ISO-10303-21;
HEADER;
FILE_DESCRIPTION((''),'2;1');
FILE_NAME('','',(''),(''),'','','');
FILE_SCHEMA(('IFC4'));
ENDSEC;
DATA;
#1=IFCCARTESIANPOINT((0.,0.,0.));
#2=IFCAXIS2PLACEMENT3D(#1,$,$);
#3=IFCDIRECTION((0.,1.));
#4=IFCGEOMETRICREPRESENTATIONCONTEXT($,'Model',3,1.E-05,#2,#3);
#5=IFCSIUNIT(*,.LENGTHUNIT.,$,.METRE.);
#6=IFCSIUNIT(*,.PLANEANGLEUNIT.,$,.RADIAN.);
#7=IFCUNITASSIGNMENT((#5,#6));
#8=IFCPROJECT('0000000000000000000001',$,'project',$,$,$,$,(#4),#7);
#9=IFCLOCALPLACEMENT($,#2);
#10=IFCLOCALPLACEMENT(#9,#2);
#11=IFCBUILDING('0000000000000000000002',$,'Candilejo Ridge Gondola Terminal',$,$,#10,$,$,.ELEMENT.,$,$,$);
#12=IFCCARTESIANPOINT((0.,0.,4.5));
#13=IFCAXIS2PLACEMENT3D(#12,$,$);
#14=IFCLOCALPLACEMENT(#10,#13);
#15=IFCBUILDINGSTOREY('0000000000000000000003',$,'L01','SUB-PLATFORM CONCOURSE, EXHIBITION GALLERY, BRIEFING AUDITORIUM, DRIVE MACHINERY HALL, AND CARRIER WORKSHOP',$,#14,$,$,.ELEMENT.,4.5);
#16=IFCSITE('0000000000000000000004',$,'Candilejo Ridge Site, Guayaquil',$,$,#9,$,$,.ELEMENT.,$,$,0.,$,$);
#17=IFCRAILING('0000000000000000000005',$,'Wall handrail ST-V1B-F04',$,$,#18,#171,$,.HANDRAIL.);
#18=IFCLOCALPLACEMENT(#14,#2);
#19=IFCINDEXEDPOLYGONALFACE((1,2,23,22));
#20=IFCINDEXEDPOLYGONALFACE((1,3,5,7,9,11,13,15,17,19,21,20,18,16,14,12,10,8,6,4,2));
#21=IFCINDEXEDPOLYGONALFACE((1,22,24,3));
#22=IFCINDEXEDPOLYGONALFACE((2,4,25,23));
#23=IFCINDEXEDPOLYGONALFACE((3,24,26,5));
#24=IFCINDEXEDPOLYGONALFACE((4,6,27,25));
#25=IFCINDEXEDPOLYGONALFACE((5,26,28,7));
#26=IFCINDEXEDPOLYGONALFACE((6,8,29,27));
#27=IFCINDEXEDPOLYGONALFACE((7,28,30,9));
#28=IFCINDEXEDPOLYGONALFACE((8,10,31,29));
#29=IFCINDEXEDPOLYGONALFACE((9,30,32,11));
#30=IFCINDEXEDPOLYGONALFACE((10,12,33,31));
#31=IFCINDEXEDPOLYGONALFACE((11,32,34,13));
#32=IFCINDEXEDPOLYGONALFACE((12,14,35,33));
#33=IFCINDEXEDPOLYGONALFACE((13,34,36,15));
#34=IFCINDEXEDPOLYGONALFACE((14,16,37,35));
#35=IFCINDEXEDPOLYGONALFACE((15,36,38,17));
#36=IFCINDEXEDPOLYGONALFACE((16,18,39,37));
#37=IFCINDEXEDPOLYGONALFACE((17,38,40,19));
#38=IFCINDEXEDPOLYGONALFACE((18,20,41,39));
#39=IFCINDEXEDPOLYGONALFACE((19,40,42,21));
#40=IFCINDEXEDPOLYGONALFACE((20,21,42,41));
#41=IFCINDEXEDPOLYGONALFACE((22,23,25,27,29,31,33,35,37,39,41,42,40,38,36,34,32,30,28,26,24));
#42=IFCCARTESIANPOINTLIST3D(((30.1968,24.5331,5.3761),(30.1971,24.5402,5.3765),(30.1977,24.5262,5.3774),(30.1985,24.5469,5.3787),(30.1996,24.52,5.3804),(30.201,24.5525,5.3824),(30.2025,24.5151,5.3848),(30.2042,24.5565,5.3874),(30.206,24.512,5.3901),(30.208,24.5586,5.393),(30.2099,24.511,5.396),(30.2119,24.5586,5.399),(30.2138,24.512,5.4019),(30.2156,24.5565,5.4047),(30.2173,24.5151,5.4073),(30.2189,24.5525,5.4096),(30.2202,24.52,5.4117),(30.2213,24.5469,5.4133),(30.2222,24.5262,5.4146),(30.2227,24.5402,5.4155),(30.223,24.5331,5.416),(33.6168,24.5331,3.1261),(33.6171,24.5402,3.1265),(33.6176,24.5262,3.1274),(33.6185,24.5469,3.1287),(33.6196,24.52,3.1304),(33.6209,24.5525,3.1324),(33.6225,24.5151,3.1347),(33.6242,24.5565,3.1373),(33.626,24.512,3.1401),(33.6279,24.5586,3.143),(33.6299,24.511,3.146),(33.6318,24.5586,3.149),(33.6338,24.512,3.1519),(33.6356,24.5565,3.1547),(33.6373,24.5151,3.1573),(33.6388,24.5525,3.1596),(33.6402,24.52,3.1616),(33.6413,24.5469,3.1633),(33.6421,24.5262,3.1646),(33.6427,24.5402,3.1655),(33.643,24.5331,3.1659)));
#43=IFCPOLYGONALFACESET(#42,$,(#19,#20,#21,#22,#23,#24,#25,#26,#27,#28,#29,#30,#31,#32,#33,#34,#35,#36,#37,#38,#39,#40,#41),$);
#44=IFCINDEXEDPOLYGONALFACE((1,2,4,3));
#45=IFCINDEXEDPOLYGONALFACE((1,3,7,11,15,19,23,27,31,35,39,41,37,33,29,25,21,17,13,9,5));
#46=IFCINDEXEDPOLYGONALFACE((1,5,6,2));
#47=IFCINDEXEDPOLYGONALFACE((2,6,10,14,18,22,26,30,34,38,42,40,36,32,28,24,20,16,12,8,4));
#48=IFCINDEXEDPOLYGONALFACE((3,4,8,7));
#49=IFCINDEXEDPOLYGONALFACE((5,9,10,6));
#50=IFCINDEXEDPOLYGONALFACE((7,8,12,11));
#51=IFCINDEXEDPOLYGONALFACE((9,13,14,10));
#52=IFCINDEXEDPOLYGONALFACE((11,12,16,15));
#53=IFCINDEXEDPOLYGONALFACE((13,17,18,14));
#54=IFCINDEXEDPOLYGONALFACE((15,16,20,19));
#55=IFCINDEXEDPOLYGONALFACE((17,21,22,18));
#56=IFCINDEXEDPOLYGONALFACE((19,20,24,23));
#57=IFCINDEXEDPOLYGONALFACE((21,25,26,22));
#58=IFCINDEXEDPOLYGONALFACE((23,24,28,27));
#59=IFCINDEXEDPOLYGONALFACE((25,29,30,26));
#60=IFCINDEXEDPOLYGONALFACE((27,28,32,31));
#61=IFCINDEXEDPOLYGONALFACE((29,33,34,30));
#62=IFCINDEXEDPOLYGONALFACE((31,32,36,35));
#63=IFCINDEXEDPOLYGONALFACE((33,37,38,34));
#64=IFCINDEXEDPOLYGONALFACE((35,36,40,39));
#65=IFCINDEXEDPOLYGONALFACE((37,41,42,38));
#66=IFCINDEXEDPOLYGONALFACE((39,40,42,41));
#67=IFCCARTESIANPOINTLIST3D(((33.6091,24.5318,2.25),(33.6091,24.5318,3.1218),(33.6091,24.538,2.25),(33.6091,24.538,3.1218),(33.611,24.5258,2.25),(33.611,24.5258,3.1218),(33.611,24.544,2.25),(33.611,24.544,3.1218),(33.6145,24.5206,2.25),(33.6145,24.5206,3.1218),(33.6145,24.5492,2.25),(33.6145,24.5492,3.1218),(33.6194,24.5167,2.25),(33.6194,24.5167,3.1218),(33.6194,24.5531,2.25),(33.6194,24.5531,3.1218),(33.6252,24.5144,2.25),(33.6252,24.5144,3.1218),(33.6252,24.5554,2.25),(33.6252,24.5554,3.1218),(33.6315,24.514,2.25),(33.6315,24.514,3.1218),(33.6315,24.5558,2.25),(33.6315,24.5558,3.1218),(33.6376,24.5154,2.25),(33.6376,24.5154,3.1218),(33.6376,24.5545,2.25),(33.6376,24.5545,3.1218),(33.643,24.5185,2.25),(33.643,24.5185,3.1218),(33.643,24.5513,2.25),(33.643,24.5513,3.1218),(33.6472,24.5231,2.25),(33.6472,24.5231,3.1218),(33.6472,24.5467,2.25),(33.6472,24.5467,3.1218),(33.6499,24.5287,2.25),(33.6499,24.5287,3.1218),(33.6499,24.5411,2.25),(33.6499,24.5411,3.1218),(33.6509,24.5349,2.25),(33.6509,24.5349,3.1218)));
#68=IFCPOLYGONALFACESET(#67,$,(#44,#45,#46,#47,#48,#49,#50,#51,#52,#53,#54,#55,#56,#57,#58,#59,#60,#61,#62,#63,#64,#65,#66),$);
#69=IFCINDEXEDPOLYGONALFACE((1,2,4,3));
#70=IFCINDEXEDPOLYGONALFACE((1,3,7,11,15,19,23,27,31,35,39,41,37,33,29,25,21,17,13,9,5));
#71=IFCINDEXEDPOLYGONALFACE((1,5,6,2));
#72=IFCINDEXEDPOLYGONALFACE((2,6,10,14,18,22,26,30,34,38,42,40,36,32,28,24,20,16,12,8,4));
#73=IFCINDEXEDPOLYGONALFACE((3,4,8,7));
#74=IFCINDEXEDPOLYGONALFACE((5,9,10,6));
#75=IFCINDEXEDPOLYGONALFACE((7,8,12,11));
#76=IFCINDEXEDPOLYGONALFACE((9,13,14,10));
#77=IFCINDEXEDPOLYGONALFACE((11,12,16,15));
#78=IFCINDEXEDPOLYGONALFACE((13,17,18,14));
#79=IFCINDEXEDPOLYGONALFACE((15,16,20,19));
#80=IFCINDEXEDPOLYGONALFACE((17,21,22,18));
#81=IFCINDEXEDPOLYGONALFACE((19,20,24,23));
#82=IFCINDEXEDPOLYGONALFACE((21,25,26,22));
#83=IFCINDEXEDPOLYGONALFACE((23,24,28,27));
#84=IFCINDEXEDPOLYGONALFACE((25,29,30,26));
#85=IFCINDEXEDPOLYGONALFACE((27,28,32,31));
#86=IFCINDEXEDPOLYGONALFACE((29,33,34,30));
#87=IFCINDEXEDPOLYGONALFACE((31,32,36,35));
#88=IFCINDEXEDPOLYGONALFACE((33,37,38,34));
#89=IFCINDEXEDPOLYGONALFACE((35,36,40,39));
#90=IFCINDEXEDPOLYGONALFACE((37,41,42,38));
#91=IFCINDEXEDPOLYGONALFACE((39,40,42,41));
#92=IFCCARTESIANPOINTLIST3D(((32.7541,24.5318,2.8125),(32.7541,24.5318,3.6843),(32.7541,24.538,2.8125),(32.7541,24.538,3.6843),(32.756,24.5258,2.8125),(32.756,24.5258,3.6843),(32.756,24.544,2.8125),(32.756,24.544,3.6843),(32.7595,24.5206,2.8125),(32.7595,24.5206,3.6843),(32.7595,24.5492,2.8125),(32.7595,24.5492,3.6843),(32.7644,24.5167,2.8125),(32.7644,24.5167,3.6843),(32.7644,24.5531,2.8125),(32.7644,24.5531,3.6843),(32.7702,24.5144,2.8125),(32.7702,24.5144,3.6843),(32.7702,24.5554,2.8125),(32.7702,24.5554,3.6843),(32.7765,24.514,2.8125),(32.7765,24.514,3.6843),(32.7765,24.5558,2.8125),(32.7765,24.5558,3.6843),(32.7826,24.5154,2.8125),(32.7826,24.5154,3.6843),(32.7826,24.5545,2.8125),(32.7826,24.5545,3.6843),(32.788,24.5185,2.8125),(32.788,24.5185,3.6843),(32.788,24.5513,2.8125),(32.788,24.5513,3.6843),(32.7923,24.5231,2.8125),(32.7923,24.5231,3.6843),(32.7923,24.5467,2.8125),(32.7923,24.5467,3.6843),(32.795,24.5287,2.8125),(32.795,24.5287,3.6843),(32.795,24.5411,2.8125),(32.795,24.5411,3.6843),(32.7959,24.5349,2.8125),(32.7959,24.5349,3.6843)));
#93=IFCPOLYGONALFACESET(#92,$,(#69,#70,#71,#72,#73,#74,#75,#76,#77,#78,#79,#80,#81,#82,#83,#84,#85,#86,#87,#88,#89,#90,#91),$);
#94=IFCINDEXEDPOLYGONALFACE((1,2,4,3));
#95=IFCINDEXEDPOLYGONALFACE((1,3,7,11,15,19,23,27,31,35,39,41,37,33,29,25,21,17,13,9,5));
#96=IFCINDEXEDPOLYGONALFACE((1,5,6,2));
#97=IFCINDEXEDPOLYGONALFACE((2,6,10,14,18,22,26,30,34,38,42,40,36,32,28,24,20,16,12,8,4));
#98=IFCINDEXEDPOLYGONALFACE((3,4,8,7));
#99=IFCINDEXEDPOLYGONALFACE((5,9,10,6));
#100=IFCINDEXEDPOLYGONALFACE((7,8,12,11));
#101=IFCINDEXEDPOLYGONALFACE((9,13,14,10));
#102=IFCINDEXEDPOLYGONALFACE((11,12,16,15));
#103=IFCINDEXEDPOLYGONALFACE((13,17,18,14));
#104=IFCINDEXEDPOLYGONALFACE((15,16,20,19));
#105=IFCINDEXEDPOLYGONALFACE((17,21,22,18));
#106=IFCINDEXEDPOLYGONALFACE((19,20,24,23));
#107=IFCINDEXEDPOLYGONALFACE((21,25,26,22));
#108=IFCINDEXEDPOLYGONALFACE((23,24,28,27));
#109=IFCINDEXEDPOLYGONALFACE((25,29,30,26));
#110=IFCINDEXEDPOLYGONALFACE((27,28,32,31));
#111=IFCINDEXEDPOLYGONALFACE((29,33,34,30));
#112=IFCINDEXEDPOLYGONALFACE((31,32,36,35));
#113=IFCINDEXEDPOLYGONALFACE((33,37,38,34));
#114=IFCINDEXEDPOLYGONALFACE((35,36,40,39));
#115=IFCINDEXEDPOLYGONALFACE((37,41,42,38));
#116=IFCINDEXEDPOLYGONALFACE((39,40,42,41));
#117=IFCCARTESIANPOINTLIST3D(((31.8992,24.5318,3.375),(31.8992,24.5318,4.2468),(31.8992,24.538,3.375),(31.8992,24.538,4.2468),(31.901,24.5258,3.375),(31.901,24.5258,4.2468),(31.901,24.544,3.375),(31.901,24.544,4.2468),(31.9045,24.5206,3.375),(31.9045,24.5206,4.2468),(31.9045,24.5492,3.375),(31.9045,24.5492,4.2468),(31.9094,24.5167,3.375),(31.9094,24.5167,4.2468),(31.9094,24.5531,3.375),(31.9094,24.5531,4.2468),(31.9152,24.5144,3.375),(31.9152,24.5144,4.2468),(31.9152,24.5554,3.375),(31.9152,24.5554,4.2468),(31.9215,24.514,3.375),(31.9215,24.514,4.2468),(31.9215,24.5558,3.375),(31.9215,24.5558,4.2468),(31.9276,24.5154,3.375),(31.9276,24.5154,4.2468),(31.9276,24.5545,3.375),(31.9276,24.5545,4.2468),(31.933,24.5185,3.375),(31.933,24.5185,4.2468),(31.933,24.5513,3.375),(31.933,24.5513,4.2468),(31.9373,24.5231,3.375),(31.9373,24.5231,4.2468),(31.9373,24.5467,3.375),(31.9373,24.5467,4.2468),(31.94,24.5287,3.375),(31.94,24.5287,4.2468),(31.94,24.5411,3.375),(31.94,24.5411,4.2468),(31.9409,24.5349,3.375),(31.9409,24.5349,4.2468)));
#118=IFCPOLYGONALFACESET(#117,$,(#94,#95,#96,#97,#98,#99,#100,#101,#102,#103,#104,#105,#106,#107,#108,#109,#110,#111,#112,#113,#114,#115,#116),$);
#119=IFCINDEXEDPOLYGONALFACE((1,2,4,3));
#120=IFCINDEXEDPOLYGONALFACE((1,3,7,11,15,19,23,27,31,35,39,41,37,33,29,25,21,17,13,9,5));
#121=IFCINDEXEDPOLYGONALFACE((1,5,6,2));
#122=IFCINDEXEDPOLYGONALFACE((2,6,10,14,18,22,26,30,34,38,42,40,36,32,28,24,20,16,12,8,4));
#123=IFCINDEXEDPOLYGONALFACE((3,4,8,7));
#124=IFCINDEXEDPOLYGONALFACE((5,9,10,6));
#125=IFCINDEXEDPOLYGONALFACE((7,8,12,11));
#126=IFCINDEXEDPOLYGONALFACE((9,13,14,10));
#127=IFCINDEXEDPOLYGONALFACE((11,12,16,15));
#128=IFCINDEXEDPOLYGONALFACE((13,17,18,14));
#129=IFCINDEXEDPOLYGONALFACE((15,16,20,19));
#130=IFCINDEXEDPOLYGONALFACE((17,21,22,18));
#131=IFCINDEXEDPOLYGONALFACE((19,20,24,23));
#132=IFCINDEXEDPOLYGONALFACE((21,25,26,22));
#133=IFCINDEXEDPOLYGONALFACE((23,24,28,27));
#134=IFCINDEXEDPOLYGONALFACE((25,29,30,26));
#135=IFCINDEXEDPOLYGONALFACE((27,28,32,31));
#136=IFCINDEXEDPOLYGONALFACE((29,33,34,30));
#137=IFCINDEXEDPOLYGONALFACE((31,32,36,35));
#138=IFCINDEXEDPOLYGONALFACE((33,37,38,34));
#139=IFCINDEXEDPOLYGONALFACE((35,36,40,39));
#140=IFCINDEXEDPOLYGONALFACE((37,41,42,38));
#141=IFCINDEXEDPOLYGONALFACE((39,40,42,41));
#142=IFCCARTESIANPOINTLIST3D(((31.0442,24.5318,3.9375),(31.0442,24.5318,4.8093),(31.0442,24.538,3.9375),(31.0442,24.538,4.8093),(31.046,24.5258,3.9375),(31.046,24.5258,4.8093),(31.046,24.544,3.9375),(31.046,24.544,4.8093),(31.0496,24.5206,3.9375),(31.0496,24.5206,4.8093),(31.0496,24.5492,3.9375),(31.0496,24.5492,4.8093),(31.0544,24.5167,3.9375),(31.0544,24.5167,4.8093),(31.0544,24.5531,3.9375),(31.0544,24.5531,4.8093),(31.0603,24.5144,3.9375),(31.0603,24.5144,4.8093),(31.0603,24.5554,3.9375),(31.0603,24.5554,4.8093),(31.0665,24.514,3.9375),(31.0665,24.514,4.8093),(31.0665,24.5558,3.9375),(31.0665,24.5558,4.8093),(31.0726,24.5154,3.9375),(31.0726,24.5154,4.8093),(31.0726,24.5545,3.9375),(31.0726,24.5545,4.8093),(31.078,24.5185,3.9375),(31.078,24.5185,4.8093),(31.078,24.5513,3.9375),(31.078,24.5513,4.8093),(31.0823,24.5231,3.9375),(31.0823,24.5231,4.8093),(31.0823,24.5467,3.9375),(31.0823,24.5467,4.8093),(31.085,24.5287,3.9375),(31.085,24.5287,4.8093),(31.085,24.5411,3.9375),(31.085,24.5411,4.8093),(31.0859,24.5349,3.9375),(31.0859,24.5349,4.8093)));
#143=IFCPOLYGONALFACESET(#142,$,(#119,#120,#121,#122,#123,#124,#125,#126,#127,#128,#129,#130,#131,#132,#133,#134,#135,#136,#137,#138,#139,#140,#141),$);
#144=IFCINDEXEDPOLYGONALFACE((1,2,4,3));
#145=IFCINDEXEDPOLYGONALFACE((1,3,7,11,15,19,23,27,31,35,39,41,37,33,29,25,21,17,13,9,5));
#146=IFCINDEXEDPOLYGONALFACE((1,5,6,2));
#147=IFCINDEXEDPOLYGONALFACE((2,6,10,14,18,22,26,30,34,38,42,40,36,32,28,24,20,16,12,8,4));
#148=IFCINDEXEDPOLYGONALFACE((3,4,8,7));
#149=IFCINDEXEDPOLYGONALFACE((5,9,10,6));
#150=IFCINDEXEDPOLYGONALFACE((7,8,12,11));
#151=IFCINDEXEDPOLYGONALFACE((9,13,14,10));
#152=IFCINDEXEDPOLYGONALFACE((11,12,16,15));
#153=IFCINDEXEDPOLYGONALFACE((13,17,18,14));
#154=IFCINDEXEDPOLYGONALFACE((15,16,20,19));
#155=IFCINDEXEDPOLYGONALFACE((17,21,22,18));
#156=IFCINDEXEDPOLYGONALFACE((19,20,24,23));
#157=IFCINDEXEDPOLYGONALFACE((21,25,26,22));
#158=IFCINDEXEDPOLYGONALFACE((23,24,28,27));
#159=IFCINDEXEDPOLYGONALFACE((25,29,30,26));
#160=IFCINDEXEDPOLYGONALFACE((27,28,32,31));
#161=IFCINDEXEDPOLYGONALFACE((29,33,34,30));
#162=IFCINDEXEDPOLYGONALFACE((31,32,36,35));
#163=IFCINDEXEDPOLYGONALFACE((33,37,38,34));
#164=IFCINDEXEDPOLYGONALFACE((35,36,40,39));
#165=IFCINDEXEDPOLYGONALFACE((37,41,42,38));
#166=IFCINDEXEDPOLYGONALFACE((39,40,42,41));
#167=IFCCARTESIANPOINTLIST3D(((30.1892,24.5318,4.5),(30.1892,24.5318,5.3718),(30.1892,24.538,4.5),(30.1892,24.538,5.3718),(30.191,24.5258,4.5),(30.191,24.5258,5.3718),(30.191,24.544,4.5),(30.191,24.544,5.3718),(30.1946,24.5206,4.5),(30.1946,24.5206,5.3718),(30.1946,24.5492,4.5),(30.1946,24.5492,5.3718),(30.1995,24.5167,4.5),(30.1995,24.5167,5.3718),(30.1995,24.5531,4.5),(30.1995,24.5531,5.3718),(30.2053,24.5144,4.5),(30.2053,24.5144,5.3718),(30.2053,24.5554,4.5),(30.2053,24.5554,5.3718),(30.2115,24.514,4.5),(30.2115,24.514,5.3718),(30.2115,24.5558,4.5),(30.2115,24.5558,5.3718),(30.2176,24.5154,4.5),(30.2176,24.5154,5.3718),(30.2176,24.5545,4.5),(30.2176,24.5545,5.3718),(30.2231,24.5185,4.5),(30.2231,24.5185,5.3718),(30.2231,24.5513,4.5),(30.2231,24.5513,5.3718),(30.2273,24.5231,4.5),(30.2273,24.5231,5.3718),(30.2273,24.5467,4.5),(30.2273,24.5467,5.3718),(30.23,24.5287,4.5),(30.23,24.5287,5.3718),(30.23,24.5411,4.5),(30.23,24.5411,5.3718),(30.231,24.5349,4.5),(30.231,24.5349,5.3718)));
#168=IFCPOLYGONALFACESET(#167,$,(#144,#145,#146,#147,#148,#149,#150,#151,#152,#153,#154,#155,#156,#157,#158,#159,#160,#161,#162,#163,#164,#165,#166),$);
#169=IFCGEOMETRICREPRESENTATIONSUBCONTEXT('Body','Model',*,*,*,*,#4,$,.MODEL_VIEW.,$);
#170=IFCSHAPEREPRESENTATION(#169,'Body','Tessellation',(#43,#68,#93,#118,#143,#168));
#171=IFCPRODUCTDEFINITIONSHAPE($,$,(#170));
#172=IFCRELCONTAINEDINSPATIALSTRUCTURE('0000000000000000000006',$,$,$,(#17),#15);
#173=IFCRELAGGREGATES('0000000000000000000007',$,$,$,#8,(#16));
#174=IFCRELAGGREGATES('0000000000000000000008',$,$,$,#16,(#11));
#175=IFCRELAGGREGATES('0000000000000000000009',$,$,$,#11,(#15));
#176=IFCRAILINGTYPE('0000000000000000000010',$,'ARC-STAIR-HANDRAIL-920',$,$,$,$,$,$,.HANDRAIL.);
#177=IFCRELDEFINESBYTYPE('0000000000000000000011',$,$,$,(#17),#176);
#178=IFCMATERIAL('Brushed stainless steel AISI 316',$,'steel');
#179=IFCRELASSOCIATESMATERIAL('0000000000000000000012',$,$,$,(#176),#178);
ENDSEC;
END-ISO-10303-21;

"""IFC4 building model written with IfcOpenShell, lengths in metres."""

from ifc_helpers import new_model, si_unit, direction, frame, origin, origin_2d, place, context, subcontext, project, spatial, circle, extrude, material, type_object, element, save


model = new_model("IFC4")

# Units and contexts
model_context = context("Model", 3, precision=1e-05, world=origin(), true_north=direction((0.0, 1.0)))
body_context = subcontext(model_context, "Body", "Model", "MODEL_VIEW")
ifc_project = project(units=[si_unit("LENGTHUNIT", "METRE"), si_unit("PLANEANGLEUNIT", "RADIAN")], contexts=[model_context])

# Site, building, storey
site_placement = place(None, origin())
site = spatial("IfcSite", under=ifc_project, at=site_placement, Name="Candilejo Ridge Site, Guayaquil", CompositionType="ELEMENT", RefElevation=0.0)
building_placement = place(site_placement, origin())
building = spatial("IfcBuilding", under=site, at=building_placement, Name="Candilejo Ridge Gondola Terminal", CompositionType="ELEMENT")
storey_placement = place(building_placement, frame((0.0, 0.0, 4.5)))
storey = spatial("IfcBuildingStorey", under=building, at=storey_placement, Name="L01", Description="SUB-PLATFORM CONCOURSE, EXHIBITION GALLERY, BRIEFING AUDITORIUM, DRIVE MACHINERY HALL, AND CARRIER WORKSHOP", CompositionType="ELEMENT", Elevation=4.5)

# Railing
ifc_material_1 = material(Name="Brushed stainless steel AISI 316", Category="steel")
railing_type_1 = type_object("IfcRailingType", Name="ARC-STAIR-HANDRAIL-920", PredefinedType="HANDRAIL", material=ifc_material_1)
railing_1_placement = place(storey_placement, frame((33.6299, 24.5349, 2.25)))
element("IfcRailing", 1, at=railing_1_placement, inside=storey, type_object=railing_type_1, Name="Wall handrail ST-V1B-F04", PredefinedType="HANDRAIL", context=body_context, shape_type="SweptSolid", body=[
    extrude(circle(Radius=0.0239, at=origin_2d()), frame((0.0, 0.0, 0.896), z_axis=(-0.835411, 0.0, 0.549625), x_axis=(0.0, -1.0, 0.0)), (0.0, 0.0, 1.0), 4.0938),
    extrude(circle(Radius=0.021, at=origin_2d()), origin(), (0.0, 0.0, 1.0), 0.8718),
    extrude(circle(Radius=0.021, at=origin_2d()), frame((-0.855, 0.0, 0.5625)), (0.0, 0.0, 1.0), 0.8718),
    extrude(circle(Radius=0.021, at=origin_2d()), frame((-1.71, 0.0, 1.125)), (0.0, 0.0, 1.0), 0.8718),
    extrude(circle(Radius=0.021, at=origin_2d()), frame((-2.5649, 0.0, 1.6875)), (0.0, 0.0, 1.0), 0.8718),
    extrude(circle(Radius=0.021, at=origin_2d()), frame((-3.4199, 0.0, 2.25)), (0.0, 0.0, 1.0), 0.8718),
])

save(model, "model.ifc")
